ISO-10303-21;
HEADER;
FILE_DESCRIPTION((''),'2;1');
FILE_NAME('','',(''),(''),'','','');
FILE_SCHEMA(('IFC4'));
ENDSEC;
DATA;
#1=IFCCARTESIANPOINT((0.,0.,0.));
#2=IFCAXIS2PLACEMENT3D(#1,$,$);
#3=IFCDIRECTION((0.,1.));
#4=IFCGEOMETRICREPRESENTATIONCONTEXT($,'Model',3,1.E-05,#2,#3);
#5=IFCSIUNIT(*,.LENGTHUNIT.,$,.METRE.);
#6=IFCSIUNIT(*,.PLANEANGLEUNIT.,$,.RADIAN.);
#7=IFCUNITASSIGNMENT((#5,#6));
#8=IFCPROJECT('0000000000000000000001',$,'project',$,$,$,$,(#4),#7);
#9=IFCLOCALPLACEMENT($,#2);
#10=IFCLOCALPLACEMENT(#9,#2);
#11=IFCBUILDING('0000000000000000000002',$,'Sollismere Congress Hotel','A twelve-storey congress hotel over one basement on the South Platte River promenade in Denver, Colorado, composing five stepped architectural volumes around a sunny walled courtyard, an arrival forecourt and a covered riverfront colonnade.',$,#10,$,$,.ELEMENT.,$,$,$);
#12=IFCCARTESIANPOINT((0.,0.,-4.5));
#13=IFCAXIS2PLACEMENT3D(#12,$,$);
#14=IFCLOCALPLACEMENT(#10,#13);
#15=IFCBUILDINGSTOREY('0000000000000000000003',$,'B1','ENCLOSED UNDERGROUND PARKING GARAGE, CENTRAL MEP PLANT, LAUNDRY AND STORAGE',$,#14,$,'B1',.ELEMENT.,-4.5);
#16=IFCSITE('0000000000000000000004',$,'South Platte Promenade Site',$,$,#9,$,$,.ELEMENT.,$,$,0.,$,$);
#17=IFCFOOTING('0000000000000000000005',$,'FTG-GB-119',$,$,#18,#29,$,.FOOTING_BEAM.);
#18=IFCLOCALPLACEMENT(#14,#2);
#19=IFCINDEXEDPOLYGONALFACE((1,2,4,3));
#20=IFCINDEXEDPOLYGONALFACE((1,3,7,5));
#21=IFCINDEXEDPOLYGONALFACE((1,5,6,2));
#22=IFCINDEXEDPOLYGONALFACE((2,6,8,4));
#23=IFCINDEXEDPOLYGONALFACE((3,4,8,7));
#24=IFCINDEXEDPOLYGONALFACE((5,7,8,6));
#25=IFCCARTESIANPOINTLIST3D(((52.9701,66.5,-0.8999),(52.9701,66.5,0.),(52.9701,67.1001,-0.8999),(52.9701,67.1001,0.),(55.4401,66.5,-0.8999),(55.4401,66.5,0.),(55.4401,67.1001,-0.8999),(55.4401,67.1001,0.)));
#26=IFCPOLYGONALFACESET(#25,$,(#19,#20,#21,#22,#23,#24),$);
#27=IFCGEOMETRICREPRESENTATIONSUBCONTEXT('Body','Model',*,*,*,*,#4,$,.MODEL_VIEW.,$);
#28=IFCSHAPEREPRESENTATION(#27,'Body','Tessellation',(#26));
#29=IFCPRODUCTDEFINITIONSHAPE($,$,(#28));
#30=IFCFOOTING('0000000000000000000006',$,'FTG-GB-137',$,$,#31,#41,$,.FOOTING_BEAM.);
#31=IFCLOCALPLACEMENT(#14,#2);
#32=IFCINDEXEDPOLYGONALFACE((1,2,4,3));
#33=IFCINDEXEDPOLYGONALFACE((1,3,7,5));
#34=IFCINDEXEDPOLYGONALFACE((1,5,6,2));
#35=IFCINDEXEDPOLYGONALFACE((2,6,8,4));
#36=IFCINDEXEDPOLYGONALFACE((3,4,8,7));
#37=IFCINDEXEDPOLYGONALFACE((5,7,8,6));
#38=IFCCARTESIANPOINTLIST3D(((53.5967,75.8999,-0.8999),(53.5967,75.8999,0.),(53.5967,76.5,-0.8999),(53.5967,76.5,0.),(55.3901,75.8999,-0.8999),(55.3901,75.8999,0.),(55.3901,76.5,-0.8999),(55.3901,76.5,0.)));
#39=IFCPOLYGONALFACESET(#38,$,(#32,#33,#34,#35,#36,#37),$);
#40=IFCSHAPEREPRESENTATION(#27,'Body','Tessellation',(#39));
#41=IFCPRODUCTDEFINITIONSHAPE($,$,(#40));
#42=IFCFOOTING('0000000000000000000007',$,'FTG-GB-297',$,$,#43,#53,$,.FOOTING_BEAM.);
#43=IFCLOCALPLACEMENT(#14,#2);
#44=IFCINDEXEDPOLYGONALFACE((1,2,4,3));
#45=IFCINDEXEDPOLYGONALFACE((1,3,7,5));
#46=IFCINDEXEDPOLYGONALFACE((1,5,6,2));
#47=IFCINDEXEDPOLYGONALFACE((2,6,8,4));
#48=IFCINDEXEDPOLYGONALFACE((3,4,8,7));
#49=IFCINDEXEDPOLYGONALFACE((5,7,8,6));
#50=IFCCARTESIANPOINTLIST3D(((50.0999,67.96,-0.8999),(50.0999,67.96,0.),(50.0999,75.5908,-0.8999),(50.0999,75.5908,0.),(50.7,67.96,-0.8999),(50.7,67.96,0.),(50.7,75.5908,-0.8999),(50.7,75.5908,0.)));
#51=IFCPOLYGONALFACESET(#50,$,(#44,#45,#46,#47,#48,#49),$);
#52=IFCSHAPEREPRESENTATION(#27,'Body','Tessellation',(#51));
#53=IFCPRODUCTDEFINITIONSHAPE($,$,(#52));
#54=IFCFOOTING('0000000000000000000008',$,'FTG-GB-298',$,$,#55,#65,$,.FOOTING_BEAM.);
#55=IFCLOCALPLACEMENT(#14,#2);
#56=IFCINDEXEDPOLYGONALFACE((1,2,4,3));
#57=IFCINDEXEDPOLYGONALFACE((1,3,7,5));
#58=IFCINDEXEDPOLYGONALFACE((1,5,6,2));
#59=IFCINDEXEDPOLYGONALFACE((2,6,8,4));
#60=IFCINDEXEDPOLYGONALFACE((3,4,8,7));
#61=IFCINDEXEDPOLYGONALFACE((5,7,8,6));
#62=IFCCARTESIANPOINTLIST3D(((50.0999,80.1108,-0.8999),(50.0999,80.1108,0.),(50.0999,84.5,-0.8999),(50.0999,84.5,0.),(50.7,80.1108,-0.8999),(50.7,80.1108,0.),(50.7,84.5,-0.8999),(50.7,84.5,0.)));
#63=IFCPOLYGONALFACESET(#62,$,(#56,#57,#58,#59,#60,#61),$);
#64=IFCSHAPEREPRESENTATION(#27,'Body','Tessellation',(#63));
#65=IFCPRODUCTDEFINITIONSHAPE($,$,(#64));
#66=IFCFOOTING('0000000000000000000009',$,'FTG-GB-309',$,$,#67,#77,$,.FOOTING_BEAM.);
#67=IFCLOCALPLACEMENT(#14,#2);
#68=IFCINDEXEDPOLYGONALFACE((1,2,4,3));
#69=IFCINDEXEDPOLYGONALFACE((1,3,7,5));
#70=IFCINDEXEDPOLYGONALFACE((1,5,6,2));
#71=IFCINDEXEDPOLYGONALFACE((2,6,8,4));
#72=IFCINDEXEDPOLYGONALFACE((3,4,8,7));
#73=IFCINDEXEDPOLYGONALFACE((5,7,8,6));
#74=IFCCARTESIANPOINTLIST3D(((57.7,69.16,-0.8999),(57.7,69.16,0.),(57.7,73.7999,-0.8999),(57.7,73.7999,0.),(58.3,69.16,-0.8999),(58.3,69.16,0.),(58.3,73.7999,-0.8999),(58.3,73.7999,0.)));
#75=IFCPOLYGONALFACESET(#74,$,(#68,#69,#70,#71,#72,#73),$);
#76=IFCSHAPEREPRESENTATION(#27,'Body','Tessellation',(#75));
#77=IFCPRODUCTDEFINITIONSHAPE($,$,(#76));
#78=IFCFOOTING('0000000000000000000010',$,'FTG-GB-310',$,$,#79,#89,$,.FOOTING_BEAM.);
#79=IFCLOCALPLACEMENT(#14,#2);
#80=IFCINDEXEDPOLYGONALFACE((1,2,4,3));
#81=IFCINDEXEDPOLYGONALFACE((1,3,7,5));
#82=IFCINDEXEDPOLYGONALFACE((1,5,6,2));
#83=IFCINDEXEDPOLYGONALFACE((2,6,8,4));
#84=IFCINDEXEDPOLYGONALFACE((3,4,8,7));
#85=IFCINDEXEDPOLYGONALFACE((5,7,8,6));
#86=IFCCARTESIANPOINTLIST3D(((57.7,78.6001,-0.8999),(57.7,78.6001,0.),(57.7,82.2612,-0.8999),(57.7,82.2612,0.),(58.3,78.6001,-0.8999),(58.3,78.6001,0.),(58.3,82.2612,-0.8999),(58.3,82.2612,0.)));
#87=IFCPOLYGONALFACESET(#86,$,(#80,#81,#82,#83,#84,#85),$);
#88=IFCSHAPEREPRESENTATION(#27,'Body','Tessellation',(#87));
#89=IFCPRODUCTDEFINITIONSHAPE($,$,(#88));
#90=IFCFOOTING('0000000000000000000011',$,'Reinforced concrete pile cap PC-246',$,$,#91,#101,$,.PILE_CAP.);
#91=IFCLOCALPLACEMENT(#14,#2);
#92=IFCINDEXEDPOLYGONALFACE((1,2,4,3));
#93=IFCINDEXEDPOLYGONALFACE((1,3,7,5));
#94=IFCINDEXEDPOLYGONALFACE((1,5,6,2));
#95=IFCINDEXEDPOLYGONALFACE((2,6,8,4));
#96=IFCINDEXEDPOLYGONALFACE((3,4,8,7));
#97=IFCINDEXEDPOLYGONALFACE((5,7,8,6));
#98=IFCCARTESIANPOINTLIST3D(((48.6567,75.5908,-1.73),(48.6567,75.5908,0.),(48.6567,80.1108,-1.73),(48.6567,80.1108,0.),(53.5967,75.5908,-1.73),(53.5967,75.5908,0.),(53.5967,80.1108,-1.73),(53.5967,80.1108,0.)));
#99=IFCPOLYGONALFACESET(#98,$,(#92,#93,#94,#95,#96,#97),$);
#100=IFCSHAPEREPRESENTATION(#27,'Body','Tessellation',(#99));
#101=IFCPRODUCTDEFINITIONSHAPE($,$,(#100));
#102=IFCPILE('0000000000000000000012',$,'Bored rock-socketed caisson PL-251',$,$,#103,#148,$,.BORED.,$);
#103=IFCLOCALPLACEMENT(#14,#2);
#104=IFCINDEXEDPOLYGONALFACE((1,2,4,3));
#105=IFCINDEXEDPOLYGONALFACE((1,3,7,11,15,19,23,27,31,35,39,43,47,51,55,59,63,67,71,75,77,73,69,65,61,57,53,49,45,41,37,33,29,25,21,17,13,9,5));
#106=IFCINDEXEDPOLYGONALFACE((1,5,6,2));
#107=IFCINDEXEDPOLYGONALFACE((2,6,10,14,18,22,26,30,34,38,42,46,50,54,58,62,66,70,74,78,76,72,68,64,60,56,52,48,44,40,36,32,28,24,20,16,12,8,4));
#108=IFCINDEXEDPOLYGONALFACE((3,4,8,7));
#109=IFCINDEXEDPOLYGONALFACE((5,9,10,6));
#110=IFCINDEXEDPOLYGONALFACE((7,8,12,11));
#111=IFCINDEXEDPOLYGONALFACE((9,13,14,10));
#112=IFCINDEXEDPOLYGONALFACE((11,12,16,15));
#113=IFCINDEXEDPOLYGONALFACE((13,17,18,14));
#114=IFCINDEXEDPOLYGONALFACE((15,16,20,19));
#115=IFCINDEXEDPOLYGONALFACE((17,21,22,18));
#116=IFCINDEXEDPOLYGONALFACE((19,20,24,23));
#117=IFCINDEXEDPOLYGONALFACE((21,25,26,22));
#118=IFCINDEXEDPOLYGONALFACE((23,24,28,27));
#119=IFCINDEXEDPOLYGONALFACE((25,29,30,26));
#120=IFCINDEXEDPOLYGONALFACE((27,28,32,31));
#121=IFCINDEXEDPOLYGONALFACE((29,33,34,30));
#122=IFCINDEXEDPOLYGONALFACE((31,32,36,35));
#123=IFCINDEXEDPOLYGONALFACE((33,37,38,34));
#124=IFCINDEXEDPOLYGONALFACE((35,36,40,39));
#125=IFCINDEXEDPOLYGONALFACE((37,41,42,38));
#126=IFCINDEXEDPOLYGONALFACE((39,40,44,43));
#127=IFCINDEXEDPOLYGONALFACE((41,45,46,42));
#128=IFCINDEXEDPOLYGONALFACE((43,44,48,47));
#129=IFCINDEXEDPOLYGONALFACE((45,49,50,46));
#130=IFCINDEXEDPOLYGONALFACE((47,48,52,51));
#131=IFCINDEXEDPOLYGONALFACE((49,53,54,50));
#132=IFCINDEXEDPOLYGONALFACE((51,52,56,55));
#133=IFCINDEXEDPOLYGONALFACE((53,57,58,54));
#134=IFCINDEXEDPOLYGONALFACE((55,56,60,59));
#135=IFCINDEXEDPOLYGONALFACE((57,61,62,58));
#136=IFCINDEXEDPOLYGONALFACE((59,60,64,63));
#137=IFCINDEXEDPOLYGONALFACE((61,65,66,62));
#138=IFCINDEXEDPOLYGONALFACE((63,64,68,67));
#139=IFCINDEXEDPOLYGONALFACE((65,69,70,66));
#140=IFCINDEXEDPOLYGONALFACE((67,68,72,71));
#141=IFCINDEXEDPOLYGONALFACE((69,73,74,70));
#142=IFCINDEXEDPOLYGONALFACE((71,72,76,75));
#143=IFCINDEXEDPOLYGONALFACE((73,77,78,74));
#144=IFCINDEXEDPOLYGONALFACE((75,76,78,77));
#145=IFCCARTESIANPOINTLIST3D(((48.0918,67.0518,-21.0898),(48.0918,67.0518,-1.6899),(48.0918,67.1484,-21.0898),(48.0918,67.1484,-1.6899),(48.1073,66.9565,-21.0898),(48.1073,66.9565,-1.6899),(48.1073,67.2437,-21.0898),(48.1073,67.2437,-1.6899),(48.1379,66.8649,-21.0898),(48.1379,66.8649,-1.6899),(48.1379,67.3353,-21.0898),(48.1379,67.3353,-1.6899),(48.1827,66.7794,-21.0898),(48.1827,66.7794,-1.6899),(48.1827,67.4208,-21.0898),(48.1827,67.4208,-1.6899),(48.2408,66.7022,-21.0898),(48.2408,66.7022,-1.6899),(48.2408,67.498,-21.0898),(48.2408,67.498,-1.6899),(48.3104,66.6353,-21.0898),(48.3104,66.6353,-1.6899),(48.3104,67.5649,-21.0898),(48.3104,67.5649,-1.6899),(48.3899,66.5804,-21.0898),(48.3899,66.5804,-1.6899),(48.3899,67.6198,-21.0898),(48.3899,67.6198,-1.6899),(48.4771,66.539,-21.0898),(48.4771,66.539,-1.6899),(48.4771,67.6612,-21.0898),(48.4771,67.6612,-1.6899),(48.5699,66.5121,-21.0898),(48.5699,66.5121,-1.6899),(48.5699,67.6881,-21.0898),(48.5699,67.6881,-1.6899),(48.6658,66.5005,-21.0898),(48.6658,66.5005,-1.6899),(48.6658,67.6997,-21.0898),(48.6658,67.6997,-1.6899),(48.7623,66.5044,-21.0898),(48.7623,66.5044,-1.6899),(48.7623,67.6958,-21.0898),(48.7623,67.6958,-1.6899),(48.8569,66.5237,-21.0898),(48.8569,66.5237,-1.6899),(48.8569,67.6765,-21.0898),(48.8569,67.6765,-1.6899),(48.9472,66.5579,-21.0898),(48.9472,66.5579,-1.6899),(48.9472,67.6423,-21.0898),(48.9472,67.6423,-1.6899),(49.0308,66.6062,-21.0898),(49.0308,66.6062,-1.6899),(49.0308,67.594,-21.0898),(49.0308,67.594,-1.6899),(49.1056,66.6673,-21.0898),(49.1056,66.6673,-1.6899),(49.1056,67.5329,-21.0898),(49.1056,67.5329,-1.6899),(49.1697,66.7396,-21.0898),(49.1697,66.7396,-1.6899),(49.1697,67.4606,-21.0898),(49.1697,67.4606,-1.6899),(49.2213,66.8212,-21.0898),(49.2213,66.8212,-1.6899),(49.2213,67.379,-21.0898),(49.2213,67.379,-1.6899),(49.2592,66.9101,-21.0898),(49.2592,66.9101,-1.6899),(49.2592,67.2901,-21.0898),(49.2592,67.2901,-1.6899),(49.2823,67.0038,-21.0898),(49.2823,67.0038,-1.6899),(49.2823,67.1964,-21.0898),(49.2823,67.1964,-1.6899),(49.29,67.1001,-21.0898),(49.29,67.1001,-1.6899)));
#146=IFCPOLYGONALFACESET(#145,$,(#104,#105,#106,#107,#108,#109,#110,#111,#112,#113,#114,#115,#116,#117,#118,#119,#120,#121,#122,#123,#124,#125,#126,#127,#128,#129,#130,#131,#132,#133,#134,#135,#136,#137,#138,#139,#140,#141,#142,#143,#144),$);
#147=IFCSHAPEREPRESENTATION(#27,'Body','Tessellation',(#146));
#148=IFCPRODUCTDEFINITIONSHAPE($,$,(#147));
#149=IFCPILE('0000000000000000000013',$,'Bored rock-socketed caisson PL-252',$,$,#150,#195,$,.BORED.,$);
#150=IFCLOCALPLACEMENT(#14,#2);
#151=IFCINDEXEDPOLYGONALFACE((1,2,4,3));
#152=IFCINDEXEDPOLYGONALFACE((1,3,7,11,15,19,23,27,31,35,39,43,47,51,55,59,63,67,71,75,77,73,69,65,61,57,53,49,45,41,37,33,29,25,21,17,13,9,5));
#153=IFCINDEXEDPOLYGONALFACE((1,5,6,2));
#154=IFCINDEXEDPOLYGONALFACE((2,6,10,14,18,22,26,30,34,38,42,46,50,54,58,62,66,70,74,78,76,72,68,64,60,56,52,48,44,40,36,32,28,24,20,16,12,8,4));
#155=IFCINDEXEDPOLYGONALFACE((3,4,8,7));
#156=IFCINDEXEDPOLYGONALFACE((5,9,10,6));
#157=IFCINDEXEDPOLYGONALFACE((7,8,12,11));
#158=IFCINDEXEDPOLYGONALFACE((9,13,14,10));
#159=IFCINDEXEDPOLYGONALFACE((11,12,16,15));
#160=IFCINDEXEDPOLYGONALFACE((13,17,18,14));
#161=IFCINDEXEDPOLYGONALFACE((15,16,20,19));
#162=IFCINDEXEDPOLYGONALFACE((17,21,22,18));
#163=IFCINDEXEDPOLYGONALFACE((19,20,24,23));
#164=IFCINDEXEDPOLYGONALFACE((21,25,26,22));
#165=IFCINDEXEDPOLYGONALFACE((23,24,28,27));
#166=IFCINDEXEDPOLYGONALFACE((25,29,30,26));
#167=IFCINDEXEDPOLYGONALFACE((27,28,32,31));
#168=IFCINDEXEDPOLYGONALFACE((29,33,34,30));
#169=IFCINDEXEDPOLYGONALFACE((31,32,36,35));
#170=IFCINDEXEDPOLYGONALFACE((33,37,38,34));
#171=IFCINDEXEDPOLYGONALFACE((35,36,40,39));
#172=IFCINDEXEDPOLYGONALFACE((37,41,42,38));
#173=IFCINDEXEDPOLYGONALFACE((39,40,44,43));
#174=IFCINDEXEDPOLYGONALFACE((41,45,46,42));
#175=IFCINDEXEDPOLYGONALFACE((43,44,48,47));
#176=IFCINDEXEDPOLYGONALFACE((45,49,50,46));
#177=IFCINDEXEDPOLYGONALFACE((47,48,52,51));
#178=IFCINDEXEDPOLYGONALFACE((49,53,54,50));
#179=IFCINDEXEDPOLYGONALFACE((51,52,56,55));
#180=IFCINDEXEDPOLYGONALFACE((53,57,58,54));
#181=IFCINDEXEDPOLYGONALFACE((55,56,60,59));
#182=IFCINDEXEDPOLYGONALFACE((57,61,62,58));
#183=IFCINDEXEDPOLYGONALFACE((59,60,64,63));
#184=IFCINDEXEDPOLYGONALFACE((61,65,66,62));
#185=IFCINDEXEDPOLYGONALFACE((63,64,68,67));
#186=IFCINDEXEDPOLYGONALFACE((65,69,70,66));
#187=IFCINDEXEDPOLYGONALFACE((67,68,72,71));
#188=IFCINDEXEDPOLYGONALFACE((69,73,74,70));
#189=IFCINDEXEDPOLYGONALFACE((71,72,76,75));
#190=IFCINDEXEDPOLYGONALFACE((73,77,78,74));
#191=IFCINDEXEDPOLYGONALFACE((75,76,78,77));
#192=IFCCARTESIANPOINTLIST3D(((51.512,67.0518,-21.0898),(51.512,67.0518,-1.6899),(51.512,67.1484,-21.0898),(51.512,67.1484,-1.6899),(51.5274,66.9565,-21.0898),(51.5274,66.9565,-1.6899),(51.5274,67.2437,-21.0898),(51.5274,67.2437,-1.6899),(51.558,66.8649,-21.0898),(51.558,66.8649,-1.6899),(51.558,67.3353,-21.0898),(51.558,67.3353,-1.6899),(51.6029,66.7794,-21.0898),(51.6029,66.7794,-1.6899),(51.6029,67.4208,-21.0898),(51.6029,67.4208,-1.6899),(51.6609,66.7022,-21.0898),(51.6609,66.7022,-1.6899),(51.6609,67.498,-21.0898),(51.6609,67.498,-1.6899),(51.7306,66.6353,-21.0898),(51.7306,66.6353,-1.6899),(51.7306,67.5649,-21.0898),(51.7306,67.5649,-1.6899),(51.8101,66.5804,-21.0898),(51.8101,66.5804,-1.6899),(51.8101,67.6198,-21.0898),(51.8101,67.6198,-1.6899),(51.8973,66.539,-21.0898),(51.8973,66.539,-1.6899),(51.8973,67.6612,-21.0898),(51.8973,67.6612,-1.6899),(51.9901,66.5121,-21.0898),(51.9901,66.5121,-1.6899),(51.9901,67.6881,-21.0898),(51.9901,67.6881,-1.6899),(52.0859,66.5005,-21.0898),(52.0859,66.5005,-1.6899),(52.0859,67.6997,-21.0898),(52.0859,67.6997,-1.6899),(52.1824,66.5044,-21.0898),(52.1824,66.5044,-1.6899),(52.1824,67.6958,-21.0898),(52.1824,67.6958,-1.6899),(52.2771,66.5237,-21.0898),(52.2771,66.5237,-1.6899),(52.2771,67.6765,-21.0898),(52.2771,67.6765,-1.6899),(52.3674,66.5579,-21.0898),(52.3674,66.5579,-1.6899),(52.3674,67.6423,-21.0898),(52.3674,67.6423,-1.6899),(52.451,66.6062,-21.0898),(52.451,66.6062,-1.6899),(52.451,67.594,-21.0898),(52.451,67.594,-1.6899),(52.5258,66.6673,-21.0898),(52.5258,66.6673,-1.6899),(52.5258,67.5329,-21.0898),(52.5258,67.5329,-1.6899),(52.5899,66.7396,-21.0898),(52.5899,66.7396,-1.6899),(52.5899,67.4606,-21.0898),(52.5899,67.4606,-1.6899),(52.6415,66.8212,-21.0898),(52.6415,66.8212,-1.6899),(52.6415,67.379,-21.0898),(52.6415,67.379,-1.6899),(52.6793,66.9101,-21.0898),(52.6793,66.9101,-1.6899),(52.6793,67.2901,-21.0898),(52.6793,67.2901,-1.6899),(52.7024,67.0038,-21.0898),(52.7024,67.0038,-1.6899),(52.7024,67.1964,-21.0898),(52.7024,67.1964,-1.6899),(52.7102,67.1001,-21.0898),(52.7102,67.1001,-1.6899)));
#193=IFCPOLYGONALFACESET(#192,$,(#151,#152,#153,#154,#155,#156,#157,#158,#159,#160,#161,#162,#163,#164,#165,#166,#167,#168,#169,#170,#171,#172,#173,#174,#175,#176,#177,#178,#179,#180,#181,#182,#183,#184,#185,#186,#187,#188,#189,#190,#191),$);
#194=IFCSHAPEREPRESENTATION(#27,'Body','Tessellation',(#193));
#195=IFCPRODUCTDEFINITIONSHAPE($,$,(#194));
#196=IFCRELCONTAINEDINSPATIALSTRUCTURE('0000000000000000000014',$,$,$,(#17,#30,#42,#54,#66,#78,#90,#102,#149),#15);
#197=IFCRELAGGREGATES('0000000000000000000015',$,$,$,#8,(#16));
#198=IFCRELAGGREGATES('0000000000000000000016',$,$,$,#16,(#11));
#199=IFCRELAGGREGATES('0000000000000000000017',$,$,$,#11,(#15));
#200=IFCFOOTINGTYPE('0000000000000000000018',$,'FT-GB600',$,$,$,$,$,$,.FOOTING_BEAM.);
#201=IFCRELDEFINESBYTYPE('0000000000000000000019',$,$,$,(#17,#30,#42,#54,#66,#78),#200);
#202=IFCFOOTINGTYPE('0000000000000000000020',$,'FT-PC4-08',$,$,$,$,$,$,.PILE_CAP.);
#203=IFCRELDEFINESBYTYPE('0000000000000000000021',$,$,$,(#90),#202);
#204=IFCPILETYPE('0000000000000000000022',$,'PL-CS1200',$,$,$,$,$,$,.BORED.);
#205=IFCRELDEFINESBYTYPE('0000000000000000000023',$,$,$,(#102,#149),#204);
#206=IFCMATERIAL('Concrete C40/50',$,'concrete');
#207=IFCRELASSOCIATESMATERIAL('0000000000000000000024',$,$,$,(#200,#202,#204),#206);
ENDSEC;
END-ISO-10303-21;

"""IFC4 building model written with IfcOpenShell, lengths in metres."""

from ifc_helpers import new_model, si_unit, direction, frame, origin, origin_2d, place, context, subcontext, project, spatial, rectangle, circle, extrude, material, material_profile, profile_set, type_object, element, save


model = new_model("IFC4")

# Units and contexts
model_context = context("Model", 3, precision=1e-05, world=origin(), true_north=direction((0.0, 1.0)))
body_context = subcontext(model_context, "Body", "Model", "MODEL_VIEW")
ifc_project = project(units=[si_unit("LENGTHUNIT", "METRE"), si_unit("PLANEANGLEUNIT", "RADIAN")], contexts=[model_context])

# Site, building, storey
site_placement = place(None, origin())
site = spatial("IfcSite", under=ifc_project, at=site_placement, Name="South Platte Promenade Site", CompositionType="ELEMENT", RefElevation=0.0)
building_placement = place(site_placement, origin())
building = spatial("IfcBuilding", under=site, at=building_placement, Name="Sollismere Congress Hotel", Description="A twelve-storey congress hotel over one basement on the South Platte River promenade in Denver, Colorado, composing five stepped architectural volumes around a sunny walled courtyard, an arrival forecourt and a covered riverfront colonnade.", CompositionType="ELEMENT")
storey_placement = place(building_placement, frame((0.0, 0.0, -4.5)))
storey = spatial("IfcBuildingStorey", under=building, at=storey_placement, Name="B1", Description="ENCLOSED UNDERGROUND PARKING GARAGE, CENTRAL MEP PLANT, LAUNDRY AND STORAGE", LongName="B1", CompositionType="ELEMENT", Elevation=-4.5)

# Footings
ifc_material_1 = material(Name="Concrete C40/50", Category="concrete")
footing_type_1 = type_object("IfcFootingType", Name="FT-GB600", PredefinedType="FOOTING_BEAM", material=ifc_material_1)
footing_1_placement = place(storey_placement, frame((54.2051, 66.8, -0.8999), z_axis=(0.0, 0.0, 1.0), x_axis=(1.0, 0.0, 0.0)))
element("IfcFooting", 1, at=footing_1_placement, inside=storey, type_object=footing_type_1, Name="FTG-GB-119", PredefinedType="FOOTING_BEAM", context=body_context, shape_type="SweptSolid", body=[
    extrude(rectangle(XDim=2.47, YDim=0.6001, at=origin_2d()), origin(), (0.0, 0.0, 1.0), 0.8999),
])
footing_2_placement = place(storey_placement, frame((54.4934, 76.2, -0.8999), z_axis=(0.0, 0.0, 1.0), x_axis=(1.0, 0.0, 0.0)))
element("IfcFooting", 2, at=footing_2_placement, inside=storey, type_object=footing_type_1, Name="FTG-GB-137", PredefinedType="FOOTING_BEAM", context=body_context, shape_type="SweptSolid", body=[
    extrude(rectangle(XDim=1.7935, YDim=0.6001, at=origin_2d()), origin(), (0.0, 0.0, 1.0), 0.8999),
])
footing_3_placement = place(storey_placement, frame((50.3999, 71.7754, -0.8999), z_axis=(0.0, 0.0, 1.0), x_axis=(0.0, 1.0, 0.0)))
element("IfcFooting", 3, at=footing_3_placement, inside=storey, type_object=footing_type_1, Name="FTG-GB-297", PredefinedType="FOOTING_BEAM", context=body_context, shape_type="SweptSolid", body=[
    extrude(rectangle(XDim=7.6309, YDim=0.6001, at=origin_2d()), origin(), (0.0, 0.0, 1.0), 0.8999),
])
footing_4_placement = place(storey_placement, frame((50.3999, 82.3054, -0.8999), z_axis=(0.0, 0.0, 1.0), x_axis=(0.0, 1.0, 0.0)))
element("IfcFooting", 4, at=footing_4_placement, inside=storey, type_object=footing_type_1, Name="FTG-GB-298", PredefinedType="FOOTING_BEAM", context=body_context, shape_type="SweptSolid", body=[
    extrude(rectangle(XDim=4.3892, YDim=0.6001, at=origin_2d()), origin(), (0.0, 0.0, 1.0), 0.8999),
])
footing_5_placement = place(storey_placement, frame((58.0, 71.48, -0.8999), z_axis=(0.0, 0.0, 1.0), x_axis=(0.0, 1.0, 0.0)))
element("IfcFooting", 5, at=footing_5_placement, inside=storey, type_object=footing_type_1, Name="FTG-GB-309", PredefinedType="FOOTING_BEAM", context=body_context, shape_type="SweptSolid", body=[
    extrude(rectangle(XDim=4.6399, YDim=0.6001, at=origin_2d()), origin(), (0.0, 0.0, 1.0), 0.8999),
])
footing_6_placement = place(storey_placement, frame((58.0, 80.4307, -0.8999), z_axis=(0.0, 0.0, 1.0), x_axis=(0.0, 1.0, 0.0)))
element("IfcFooting", 6, at=footing_6_placement, inside=storey, type_object=footing_type_1, Name="FTG-GB-310", PredefinedType="FOOTING_BEAM", context=body_context, shape_type="SweptSolid", body=[
    extrude(rectangle(XDim=3.6611, YDim=0.6001, at=origin_2d()), origin(), (0.0, 0.0, 1.0), 0.8999),
])
footing_type_2 = type_object("IfcFootingType", Name="FT-PC4-08", PredefinedType="PILE_CAP", material=ifc_material_1)
footing_7_placement = place(storey_placement, frame((51.1267, 77.8508, -1.73), z_axis=(0.0, 0.0, 1.0), x_axis=(1.0, 0.0, 0.0)))
element("IfcFooting", 7, at=footing_7_placement, inside=storey, type_object=footing_type_2, Name="Reinforced concrete pile cap PC-246", PredefinedType="PILE_CAP", context=body_context, shape_type="SweptSolid", body=[
    extrude(rectangle(XDim=4.9399, YDim=4.52, at=origin_2d()), origin(), (0.0, 0.0, 1.0), 1.73),
])

# Piles
ifc_material_profile_1 = material_profile(ifc_material_1, circle(Radius=0.6001, at=origin_2d()), Name="CAISSON1200")
ifc_profile_set_1 = profile_set([ifc_material_profile_1], Name="Concrete C40/50")
pile_type = type_object("IfcPileType", Name="PL-CS1200", PredefinedType="BORED", material=ifc_profile_set_1)
for number, where, z_axis, x_axis, name in (
    (8, (48.6899, 67.1001, -1.6899), (0.0, 0.0, -1.0), (1.0, 0.0, 0.0), "Bored rock-socketed caisson PL-251"),
    (9, (52.1101, 67.1001, -1.6899), (0.0, 0.0, -1.0), (1.0, 0.0, 0.0), "Bored rock-socketed caisson PL-252"),
):
    element("IfcPile", number, at=place(storey_placement, frame(where, z_axis=z_axis, x_axis=x_axis)), inside=storey, type_object=pile_type, Name=name, PredefinedType="BORED", context=body_context, shape_type="SweptSolid", body=[
        extrude(circle(Radius=0.6001, at=origin_2d()), origin(), (0.0, 0.0, 1.0), 19.3999),
    ])

save(model, "model.ifc")
